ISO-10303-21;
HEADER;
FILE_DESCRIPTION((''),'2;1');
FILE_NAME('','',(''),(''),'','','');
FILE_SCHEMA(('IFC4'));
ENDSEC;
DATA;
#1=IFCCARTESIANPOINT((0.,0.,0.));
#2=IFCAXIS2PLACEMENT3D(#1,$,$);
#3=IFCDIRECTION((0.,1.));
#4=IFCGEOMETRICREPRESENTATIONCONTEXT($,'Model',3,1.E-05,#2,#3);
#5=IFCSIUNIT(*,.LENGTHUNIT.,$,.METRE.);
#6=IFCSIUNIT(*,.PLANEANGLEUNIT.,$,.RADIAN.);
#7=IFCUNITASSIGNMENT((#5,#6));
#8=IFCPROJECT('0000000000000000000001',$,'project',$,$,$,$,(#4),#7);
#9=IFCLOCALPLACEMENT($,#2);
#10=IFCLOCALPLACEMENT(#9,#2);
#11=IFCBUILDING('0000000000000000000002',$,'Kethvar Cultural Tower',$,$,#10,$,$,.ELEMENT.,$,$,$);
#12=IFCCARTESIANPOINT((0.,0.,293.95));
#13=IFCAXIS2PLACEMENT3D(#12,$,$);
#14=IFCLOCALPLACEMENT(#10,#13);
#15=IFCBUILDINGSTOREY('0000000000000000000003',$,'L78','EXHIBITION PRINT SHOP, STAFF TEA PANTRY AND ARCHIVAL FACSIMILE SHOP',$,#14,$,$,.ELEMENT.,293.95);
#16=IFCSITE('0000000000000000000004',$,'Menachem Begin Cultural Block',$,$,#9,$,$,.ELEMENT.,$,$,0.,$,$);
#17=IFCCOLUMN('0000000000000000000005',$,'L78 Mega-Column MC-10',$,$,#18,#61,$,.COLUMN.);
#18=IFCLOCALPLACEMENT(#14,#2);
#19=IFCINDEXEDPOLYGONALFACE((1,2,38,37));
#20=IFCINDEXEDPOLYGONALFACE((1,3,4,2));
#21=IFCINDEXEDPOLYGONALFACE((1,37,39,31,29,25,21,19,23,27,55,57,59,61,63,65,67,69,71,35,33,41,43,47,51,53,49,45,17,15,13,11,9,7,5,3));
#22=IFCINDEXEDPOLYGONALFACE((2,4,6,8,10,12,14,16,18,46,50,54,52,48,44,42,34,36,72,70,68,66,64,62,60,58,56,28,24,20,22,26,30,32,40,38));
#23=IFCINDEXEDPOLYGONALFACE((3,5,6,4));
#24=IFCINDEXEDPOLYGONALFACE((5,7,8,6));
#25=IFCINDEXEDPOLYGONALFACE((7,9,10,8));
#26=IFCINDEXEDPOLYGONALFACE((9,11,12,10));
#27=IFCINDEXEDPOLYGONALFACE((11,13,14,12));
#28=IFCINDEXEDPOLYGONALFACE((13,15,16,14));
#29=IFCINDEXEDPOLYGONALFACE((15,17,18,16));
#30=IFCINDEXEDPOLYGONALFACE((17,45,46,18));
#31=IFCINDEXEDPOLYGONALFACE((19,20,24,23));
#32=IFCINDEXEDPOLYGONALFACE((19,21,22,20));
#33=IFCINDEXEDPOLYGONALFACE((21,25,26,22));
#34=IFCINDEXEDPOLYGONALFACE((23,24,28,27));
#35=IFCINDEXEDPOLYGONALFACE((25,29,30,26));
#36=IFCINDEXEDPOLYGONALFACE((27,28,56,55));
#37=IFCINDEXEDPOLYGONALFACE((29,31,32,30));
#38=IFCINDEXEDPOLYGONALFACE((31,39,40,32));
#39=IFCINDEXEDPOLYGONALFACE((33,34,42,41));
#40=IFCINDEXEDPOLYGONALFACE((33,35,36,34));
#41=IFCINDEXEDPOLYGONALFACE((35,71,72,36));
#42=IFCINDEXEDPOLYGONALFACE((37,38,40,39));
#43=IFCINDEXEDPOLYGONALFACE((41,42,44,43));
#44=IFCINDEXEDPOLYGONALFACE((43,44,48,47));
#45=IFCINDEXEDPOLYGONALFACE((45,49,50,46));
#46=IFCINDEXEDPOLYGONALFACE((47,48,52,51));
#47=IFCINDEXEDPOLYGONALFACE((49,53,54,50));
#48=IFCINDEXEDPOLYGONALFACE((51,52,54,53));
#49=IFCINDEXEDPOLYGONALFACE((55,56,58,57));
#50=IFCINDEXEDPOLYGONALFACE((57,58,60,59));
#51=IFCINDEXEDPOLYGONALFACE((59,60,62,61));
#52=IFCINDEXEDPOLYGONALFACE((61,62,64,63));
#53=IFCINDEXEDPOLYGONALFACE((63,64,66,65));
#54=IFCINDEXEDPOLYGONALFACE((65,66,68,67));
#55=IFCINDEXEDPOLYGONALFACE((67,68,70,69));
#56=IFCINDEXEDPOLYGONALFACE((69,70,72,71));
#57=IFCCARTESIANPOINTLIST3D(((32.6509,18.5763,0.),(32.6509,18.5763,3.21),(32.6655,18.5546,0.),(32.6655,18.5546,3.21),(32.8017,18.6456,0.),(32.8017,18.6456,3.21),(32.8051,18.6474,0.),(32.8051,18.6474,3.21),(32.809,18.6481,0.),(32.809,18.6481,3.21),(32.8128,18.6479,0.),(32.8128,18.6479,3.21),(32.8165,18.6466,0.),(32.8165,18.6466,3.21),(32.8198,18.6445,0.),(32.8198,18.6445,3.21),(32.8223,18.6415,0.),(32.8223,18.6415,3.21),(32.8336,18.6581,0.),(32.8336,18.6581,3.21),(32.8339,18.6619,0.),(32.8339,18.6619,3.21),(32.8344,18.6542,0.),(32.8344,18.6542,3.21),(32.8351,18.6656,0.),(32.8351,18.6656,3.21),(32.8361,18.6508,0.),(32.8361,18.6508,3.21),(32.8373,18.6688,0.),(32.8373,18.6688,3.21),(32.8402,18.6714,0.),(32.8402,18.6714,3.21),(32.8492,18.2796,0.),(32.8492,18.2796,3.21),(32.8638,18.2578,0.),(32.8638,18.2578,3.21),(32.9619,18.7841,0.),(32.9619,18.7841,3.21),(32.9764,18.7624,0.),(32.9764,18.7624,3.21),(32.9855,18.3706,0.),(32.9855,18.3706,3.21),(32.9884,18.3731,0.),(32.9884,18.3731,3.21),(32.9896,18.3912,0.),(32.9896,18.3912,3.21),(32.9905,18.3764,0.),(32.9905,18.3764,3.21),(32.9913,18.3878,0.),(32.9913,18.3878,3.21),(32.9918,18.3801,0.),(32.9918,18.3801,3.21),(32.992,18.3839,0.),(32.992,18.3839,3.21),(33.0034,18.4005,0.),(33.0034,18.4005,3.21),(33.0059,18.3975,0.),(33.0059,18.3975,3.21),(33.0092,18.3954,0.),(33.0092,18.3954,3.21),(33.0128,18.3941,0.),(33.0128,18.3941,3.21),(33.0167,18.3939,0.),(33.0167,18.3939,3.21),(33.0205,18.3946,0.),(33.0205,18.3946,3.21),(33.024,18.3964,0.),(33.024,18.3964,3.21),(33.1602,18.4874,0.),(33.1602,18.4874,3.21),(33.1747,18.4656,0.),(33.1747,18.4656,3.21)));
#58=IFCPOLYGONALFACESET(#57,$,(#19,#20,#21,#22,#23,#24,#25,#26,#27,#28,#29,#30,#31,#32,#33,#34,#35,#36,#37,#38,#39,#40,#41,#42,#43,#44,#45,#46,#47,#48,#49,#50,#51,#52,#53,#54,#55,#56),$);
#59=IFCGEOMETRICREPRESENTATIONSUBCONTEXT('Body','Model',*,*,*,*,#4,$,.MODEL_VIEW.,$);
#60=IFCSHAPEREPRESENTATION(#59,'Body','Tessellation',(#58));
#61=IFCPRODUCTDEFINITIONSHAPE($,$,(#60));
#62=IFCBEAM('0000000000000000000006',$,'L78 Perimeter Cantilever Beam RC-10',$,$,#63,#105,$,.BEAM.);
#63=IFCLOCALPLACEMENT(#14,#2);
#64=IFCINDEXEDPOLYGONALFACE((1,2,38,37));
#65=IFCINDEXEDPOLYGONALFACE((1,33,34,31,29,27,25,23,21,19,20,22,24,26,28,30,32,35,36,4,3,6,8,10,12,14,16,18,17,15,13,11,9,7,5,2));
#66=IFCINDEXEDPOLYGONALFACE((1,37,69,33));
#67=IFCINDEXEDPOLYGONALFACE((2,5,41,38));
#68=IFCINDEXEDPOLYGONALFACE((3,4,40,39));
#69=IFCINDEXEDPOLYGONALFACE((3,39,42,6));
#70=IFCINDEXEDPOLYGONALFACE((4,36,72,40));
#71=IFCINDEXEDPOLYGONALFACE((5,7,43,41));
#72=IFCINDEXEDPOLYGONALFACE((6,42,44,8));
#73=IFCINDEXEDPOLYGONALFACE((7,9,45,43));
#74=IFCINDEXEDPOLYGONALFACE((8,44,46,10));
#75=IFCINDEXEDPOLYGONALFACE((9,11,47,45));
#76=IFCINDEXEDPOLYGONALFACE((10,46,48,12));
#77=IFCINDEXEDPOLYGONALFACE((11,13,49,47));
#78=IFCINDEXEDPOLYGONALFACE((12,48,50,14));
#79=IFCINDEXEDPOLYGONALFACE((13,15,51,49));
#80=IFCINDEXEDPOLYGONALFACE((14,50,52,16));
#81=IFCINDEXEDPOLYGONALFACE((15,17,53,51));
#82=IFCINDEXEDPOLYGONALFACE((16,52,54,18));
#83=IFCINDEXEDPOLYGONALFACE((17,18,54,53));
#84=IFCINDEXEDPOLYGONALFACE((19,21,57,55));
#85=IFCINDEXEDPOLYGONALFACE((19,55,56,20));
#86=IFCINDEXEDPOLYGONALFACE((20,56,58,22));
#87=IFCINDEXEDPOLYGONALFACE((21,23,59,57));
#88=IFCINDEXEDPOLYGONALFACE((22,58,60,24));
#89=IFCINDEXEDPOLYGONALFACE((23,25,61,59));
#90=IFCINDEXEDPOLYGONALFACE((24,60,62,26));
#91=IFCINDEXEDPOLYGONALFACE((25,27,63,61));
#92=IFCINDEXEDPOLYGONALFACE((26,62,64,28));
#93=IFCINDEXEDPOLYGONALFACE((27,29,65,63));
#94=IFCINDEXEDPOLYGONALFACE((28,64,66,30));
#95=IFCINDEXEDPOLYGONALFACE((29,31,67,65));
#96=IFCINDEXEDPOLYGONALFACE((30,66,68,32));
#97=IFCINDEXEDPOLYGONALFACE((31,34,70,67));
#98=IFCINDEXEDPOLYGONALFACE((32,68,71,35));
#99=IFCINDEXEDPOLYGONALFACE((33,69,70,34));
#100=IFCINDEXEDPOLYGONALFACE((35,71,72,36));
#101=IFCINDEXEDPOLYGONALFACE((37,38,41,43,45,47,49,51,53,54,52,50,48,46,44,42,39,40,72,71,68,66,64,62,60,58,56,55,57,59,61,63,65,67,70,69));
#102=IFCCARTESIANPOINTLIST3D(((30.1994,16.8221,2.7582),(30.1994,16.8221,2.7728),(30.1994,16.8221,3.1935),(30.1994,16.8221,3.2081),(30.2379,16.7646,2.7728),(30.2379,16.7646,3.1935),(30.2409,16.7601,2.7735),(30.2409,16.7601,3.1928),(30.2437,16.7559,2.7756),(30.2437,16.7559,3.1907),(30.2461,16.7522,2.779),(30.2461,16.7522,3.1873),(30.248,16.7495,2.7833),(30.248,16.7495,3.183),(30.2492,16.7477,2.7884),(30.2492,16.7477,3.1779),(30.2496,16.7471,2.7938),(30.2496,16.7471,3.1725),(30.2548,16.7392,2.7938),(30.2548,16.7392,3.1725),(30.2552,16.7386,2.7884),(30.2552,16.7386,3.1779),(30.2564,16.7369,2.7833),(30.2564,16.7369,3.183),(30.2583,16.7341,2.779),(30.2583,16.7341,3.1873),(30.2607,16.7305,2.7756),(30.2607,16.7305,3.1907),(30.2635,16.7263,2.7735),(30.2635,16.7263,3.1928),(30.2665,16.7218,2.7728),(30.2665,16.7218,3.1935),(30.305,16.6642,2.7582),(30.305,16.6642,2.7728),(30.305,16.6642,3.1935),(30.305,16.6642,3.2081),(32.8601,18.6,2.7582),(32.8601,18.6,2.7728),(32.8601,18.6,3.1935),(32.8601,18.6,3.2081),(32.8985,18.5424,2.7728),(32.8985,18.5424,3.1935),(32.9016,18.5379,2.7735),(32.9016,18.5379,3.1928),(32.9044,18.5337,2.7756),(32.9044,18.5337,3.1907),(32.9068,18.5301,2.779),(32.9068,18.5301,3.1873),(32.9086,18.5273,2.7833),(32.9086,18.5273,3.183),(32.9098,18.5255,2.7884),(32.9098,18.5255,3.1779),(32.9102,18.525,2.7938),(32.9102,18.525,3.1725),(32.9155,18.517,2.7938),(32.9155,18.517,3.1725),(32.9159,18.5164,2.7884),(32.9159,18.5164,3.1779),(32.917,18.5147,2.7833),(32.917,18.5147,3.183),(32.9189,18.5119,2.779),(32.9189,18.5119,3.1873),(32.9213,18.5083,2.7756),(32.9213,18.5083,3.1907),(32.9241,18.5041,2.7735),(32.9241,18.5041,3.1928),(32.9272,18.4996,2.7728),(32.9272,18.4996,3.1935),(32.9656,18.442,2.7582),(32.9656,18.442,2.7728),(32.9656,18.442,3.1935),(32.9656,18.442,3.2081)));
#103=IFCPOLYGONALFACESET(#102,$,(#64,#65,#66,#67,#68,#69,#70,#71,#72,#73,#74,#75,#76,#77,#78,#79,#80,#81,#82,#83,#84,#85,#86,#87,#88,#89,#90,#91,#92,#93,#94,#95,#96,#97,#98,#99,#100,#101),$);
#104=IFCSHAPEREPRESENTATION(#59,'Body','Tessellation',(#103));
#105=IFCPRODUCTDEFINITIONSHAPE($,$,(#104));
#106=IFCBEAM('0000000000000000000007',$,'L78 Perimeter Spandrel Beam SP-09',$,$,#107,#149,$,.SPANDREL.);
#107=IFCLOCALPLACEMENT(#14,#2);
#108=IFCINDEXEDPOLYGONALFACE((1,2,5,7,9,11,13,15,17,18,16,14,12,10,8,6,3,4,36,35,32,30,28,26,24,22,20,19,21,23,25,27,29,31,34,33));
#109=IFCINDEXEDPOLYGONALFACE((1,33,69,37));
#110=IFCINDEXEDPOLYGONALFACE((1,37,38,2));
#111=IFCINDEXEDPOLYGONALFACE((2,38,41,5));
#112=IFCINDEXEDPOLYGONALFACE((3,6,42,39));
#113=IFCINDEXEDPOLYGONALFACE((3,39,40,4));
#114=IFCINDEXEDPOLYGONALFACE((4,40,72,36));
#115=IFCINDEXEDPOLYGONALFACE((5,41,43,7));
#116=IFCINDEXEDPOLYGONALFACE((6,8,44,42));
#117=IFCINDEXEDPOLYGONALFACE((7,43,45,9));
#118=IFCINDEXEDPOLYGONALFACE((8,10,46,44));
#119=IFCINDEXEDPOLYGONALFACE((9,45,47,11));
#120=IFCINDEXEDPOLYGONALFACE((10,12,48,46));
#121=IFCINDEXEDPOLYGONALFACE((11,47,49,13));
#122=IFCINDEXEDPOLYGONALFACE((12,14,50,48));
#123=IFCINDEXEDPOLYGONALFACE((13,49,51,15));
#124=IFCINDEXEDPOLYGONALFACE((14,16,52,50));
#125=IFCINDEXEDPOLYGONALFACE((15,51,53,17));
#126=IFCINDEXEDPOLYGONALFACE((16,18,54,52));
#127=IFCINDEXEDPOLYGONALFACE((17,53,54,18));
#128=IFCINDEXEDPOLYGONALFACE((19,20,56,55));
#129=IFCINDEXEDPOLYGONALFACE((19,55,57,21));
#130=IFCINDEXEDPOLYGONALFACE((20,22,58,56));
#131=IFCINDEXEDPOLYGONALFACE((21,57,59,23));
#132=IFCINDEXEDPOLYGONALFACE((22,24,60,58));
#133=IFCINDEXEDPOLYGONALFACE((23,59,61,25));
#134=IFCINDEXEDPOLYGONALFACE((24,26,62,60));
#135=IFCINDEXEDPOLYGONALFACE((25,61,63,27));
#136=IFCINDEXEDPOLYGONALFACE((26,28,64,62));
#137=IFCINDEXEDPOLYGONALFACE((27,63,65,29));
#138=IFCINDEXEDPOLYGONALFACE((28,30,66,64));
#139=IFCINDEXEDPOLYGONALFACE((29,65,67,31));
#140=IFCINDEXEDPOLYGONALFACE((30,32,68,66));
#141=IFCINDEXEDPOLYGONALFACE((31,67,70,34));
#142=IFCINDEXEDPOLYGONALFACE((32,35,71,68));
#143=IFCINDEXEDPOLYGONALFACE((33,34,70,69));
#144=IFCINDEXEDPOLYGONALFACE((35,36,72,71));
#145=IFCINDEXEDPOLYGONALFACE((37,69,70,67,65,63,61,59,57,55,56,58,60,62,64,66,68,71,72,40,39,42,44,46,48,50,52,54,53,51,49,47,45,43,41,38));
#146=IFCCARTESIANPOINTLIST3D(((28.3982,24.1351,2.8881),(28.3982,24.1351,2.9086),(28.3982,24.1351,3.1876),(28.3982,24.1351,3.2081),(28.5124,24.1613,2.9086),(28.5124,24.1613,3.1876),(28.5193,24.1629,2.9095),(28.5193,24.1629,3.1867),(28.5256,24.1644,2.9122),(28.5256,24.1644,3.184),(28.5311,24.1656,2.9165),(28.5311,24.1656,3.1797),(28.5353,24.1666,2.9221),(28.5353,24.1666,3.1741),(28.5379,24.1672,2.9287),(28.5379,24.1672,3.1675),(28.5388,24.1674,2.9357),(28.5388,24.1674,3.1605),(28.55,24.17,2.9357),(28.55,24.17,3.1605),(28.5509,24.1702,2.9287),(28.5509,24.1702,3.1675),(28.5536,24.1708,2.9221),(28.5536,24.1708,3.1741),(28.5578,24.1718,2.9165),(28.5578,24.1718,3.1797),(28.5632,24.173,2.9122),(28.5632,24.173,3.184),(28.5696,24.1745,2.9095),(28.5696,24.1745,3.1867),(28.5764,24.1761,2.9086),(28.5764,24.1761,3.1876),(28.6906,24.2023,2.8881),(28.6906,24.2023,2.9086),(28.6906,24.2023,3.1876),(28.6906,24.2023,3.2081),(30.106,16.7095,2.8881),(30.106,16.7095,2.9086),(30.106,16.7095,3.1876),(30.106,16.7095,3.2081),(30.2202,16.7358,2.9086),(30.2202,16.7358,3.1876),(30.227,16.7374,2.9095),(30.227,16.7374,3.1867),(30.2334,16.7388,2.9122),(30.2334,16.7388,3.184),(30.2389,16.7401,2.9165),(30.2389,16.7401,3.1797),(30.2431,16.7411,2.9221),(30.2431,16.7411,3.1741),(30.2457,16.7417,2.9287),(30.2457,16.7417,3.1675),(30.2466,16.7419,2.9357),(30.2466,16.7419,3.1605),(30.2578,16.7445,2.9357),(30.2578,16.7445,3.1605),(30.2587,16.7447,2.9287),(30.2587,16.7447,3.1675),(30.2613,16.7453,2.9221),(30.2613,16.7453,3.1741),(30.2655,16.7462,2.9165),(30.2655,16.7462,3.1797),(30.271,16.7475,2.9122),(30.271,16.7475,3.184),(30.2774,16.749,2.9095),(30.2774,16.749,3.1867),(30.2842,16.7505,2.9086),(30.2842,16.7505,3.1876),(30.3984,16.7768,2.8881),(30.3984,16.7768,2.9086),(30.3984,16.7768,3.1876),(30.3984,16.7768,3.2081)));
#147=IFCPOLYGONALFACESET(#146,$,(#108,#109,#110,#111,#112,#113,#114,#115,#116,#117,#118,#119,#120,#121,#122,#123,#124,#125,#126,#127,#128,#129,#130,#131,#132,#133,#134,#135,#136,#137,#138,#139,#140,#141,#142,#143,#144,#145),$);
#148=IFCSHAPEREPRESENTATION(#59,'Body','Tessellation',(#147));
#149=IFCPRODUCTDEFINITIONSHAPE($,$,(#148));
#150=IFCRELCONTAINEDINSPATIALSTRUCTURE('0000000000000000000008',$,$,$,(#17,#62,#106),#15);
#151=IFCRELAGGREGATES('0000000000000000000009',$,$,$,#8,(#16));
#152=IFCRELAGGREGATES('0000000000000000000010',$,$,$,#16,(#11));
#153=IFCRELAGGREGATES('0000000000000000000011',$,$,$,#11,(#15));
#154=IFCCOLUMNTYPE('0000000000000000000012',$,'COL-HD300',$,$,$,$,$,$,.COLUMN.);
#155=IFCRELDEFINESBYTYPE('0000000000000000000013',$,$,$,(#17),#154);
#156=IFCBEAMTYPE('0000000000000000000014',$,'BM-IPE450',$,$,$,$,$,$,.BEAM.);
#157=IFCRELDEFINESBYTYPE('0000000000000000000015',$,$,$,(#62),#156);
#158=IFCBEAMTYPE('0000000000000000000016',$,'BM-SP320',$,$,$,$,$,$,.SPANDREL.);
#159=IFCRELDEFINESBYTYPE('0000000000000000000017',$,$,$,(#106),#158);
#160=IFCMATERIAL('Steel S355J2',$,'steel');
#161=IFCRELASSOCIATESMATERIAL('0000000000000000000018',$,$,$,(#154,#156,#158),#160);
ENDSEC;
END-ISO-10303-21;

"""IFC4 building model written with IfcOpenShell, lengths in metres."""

from ifc_helpers import new_model, si_unit, direction, frame, origin, origin_2d, place, context, subcontext, project, spatial, i_section, extrude, source, transform, mapped, material, material_profile, profile_set, type_object, element, save


model = new_model("IFC4")

# Units and contexts
model_context = context("Model", 3, precision=1e-05, world=origin(), true_north=direction((0.0, 1.0)))
body_context = subcontext(model_context, "Body", "Model", "MODEL_VIEW")
ifc_project = project(units=[si_unit("LENGTHUNIT", "METRE"), si_unit("PLANEANGLEUNIT", "RADIAN")], contexts=[model_context])

# Site, building, storey
site_placement = place(None, origin())
site = spatial("IfcSite", under=ifc_project, at=site_placement, Name="Menachem Begin Cultural Block", CompositionType="ELEMENT", RefElevation=0.0)
building_placement = place(site_placement, origin())
building = spatial("IfcBuilding", under=site, at=building_placement, Name="Kethvar Cultural Tower", CompositionType="ELEMENT")
storey_placement = place(building_placement, frame((0.0, 0.0, 293.95)))
storey = spatial("IfcBuildingStorey", under=building, at=storey_placement, Name="L78", Description="EXHIBITION PRINT SHOP, STAFF TEA PANTRY AND ARCHIVAL FACSIMILE SHOP", CompositionType="ELEMENT", Elevation=293.95)

# Column
ifc_material_1 = material(Name="Steel S355J2", Category="steel")
ifc_material_profile_1 = material_profile(ifc_material_1, i_section(OverallWidth=0.374, OverallDepth=0.3831, WebThickness=0.0166, FlangeThickness=0.0261, FilletRadius=0.0149, at=origin_2d()), Name="Steel S355J2 — HD360x300")
ifc_profile_set_1 = profile_set([ifc_material_profile_1], Name="Steel S355J2 — HD360x300")
column_type = type_object("IfcColumnType", Name="COL-HD300", PredefinedType="COLUMN", material=ifc_profile_set_1)
shared_shape_1 = source(origin(), body_context, "Body", "SweptSolid", [
    extrude(i_section(OverallWidth=0.374, OverallDepth=0.3831, WebThickness=0.0166, FlangeThickness=0.0261, FilletRadius=0.0149, at=origin_2d()), origin(), (0.0, 0.0, 1.0), 3.21),
])
column_placement = place(storey_placement, frame((32.9128, 18.521, 0.0), z_axis=(0.0, 0.0, 1.0), x_axis=(-0.83147, -0.55557, 0.0)))
element("IfcColumn", 1, at=column_placement, inside=storey, type_object=column_type, Name="L78 Mega-Column MC-10", PredefinedType="COLUMN", context=body_context, shape_type="MappedRepresentation", body=[
    mapped(shared_shape_1, transform((0.0, 0.0, 0.0), scale=1.0)),
])

# Beams
ifc_material_profile_2 = material_profile(ifc_material_1, i_section(OverallWidth=0.1899, OverallDepth=0.45, WebThickness=0.0095, FlangeThickness=0.0146, FilletRadius=0.021, at=origin_2d()), Name="Steel S355J2 — IPE450")
ifc_profile_set_2 = profile_set([ifc_material_profile_2], Name="Steel S355J2 — IPE450")
beam_type_1 = type_object("IfcBeamType", Name="BM-IPE450", PredefinedType="BEAM", material=ifc_profile_set_2)
shared_shape_2 = source(origin(), body_context, "Body", "SweptSolid", [
    extrude(i_section(OverallWidth=0.1899, OverallDepth=0.45, WebThickness=0.0095, FlangeThickness=0.0146, FilletRadius=0.021, at=origin_2d()), origin(), (0.0, 0.0, 1.0), 3.2),
])
beam_1_placement = place(storey_placement, frame((32.9128, 18.521, 2.9832), z_axis=(-0.831463, -0.55558, 0.0), x_axis=(0.55558, -0.831463, 0.0)))
element("IfcBeam", 2, at=beam_1_placement, inside=storey, type_object=beam_type_1, Name="L78 Perimeter Cantilever Beam RC-10", PredefinedType="BEAM", context=body_context, shape_type="MappedRepresentation", body=[
    mapped(shared_shape_2, transform((0.0, 0.0, 0.0), scale=1.0)),
])
ifc_material_profile_3 = material_profile(ifc_material_1, i_section(OverallWidth=0.3, OverallDepth=0.3201, WebThickness=0.0115, FlangeThickness=0.0205, FilletRadius=0.0271, at=origin_2d()), Name="Steel S355J2 — HEB320")
ifc_profile_set_3 = profile_set([ifc_material_profile_3], Name="Steel S355J2 — HEB320")
beam_type_2 = type_object("IfcBeamType", Name="BM-SP320", PredefinedType="SPANDREL", material=ifc_profile_set_3)
shared_shape_3 = source(origin(), body_context, "Body", "SweptSolid", [
    extrude(i_section(OverallWidth=0.3, OverallDepth=0.3201, WebThickness=0.0115, FlangeThickness=0.0205, FilletRadius=0.0271, at=origin_2d()), origin(), (0.0, 0.0, 1.0), 7.6194),
])
beam_2_placement = place(storey_placement, frame((28.5444, 24.1687, 3.0481), z_axis=(0.224134, -0.974558, 0.0), x_axis=(0.974558, 0.224134, 0.0)))
element("IfcBeam", 3, at=beam_2_placement, inside=storey, type_object=beam_type_2, Name="L78 Perimeter Spandrel Beam SP-09", PredefinedType="SPANDREL", context=body_context, shape_type="MappedRepresentation", body=[
    mapped(shared_shape_3, transform((0.0, 0.0, 0.0), scale=1.0)),
])

save(model, "model.ifc")
